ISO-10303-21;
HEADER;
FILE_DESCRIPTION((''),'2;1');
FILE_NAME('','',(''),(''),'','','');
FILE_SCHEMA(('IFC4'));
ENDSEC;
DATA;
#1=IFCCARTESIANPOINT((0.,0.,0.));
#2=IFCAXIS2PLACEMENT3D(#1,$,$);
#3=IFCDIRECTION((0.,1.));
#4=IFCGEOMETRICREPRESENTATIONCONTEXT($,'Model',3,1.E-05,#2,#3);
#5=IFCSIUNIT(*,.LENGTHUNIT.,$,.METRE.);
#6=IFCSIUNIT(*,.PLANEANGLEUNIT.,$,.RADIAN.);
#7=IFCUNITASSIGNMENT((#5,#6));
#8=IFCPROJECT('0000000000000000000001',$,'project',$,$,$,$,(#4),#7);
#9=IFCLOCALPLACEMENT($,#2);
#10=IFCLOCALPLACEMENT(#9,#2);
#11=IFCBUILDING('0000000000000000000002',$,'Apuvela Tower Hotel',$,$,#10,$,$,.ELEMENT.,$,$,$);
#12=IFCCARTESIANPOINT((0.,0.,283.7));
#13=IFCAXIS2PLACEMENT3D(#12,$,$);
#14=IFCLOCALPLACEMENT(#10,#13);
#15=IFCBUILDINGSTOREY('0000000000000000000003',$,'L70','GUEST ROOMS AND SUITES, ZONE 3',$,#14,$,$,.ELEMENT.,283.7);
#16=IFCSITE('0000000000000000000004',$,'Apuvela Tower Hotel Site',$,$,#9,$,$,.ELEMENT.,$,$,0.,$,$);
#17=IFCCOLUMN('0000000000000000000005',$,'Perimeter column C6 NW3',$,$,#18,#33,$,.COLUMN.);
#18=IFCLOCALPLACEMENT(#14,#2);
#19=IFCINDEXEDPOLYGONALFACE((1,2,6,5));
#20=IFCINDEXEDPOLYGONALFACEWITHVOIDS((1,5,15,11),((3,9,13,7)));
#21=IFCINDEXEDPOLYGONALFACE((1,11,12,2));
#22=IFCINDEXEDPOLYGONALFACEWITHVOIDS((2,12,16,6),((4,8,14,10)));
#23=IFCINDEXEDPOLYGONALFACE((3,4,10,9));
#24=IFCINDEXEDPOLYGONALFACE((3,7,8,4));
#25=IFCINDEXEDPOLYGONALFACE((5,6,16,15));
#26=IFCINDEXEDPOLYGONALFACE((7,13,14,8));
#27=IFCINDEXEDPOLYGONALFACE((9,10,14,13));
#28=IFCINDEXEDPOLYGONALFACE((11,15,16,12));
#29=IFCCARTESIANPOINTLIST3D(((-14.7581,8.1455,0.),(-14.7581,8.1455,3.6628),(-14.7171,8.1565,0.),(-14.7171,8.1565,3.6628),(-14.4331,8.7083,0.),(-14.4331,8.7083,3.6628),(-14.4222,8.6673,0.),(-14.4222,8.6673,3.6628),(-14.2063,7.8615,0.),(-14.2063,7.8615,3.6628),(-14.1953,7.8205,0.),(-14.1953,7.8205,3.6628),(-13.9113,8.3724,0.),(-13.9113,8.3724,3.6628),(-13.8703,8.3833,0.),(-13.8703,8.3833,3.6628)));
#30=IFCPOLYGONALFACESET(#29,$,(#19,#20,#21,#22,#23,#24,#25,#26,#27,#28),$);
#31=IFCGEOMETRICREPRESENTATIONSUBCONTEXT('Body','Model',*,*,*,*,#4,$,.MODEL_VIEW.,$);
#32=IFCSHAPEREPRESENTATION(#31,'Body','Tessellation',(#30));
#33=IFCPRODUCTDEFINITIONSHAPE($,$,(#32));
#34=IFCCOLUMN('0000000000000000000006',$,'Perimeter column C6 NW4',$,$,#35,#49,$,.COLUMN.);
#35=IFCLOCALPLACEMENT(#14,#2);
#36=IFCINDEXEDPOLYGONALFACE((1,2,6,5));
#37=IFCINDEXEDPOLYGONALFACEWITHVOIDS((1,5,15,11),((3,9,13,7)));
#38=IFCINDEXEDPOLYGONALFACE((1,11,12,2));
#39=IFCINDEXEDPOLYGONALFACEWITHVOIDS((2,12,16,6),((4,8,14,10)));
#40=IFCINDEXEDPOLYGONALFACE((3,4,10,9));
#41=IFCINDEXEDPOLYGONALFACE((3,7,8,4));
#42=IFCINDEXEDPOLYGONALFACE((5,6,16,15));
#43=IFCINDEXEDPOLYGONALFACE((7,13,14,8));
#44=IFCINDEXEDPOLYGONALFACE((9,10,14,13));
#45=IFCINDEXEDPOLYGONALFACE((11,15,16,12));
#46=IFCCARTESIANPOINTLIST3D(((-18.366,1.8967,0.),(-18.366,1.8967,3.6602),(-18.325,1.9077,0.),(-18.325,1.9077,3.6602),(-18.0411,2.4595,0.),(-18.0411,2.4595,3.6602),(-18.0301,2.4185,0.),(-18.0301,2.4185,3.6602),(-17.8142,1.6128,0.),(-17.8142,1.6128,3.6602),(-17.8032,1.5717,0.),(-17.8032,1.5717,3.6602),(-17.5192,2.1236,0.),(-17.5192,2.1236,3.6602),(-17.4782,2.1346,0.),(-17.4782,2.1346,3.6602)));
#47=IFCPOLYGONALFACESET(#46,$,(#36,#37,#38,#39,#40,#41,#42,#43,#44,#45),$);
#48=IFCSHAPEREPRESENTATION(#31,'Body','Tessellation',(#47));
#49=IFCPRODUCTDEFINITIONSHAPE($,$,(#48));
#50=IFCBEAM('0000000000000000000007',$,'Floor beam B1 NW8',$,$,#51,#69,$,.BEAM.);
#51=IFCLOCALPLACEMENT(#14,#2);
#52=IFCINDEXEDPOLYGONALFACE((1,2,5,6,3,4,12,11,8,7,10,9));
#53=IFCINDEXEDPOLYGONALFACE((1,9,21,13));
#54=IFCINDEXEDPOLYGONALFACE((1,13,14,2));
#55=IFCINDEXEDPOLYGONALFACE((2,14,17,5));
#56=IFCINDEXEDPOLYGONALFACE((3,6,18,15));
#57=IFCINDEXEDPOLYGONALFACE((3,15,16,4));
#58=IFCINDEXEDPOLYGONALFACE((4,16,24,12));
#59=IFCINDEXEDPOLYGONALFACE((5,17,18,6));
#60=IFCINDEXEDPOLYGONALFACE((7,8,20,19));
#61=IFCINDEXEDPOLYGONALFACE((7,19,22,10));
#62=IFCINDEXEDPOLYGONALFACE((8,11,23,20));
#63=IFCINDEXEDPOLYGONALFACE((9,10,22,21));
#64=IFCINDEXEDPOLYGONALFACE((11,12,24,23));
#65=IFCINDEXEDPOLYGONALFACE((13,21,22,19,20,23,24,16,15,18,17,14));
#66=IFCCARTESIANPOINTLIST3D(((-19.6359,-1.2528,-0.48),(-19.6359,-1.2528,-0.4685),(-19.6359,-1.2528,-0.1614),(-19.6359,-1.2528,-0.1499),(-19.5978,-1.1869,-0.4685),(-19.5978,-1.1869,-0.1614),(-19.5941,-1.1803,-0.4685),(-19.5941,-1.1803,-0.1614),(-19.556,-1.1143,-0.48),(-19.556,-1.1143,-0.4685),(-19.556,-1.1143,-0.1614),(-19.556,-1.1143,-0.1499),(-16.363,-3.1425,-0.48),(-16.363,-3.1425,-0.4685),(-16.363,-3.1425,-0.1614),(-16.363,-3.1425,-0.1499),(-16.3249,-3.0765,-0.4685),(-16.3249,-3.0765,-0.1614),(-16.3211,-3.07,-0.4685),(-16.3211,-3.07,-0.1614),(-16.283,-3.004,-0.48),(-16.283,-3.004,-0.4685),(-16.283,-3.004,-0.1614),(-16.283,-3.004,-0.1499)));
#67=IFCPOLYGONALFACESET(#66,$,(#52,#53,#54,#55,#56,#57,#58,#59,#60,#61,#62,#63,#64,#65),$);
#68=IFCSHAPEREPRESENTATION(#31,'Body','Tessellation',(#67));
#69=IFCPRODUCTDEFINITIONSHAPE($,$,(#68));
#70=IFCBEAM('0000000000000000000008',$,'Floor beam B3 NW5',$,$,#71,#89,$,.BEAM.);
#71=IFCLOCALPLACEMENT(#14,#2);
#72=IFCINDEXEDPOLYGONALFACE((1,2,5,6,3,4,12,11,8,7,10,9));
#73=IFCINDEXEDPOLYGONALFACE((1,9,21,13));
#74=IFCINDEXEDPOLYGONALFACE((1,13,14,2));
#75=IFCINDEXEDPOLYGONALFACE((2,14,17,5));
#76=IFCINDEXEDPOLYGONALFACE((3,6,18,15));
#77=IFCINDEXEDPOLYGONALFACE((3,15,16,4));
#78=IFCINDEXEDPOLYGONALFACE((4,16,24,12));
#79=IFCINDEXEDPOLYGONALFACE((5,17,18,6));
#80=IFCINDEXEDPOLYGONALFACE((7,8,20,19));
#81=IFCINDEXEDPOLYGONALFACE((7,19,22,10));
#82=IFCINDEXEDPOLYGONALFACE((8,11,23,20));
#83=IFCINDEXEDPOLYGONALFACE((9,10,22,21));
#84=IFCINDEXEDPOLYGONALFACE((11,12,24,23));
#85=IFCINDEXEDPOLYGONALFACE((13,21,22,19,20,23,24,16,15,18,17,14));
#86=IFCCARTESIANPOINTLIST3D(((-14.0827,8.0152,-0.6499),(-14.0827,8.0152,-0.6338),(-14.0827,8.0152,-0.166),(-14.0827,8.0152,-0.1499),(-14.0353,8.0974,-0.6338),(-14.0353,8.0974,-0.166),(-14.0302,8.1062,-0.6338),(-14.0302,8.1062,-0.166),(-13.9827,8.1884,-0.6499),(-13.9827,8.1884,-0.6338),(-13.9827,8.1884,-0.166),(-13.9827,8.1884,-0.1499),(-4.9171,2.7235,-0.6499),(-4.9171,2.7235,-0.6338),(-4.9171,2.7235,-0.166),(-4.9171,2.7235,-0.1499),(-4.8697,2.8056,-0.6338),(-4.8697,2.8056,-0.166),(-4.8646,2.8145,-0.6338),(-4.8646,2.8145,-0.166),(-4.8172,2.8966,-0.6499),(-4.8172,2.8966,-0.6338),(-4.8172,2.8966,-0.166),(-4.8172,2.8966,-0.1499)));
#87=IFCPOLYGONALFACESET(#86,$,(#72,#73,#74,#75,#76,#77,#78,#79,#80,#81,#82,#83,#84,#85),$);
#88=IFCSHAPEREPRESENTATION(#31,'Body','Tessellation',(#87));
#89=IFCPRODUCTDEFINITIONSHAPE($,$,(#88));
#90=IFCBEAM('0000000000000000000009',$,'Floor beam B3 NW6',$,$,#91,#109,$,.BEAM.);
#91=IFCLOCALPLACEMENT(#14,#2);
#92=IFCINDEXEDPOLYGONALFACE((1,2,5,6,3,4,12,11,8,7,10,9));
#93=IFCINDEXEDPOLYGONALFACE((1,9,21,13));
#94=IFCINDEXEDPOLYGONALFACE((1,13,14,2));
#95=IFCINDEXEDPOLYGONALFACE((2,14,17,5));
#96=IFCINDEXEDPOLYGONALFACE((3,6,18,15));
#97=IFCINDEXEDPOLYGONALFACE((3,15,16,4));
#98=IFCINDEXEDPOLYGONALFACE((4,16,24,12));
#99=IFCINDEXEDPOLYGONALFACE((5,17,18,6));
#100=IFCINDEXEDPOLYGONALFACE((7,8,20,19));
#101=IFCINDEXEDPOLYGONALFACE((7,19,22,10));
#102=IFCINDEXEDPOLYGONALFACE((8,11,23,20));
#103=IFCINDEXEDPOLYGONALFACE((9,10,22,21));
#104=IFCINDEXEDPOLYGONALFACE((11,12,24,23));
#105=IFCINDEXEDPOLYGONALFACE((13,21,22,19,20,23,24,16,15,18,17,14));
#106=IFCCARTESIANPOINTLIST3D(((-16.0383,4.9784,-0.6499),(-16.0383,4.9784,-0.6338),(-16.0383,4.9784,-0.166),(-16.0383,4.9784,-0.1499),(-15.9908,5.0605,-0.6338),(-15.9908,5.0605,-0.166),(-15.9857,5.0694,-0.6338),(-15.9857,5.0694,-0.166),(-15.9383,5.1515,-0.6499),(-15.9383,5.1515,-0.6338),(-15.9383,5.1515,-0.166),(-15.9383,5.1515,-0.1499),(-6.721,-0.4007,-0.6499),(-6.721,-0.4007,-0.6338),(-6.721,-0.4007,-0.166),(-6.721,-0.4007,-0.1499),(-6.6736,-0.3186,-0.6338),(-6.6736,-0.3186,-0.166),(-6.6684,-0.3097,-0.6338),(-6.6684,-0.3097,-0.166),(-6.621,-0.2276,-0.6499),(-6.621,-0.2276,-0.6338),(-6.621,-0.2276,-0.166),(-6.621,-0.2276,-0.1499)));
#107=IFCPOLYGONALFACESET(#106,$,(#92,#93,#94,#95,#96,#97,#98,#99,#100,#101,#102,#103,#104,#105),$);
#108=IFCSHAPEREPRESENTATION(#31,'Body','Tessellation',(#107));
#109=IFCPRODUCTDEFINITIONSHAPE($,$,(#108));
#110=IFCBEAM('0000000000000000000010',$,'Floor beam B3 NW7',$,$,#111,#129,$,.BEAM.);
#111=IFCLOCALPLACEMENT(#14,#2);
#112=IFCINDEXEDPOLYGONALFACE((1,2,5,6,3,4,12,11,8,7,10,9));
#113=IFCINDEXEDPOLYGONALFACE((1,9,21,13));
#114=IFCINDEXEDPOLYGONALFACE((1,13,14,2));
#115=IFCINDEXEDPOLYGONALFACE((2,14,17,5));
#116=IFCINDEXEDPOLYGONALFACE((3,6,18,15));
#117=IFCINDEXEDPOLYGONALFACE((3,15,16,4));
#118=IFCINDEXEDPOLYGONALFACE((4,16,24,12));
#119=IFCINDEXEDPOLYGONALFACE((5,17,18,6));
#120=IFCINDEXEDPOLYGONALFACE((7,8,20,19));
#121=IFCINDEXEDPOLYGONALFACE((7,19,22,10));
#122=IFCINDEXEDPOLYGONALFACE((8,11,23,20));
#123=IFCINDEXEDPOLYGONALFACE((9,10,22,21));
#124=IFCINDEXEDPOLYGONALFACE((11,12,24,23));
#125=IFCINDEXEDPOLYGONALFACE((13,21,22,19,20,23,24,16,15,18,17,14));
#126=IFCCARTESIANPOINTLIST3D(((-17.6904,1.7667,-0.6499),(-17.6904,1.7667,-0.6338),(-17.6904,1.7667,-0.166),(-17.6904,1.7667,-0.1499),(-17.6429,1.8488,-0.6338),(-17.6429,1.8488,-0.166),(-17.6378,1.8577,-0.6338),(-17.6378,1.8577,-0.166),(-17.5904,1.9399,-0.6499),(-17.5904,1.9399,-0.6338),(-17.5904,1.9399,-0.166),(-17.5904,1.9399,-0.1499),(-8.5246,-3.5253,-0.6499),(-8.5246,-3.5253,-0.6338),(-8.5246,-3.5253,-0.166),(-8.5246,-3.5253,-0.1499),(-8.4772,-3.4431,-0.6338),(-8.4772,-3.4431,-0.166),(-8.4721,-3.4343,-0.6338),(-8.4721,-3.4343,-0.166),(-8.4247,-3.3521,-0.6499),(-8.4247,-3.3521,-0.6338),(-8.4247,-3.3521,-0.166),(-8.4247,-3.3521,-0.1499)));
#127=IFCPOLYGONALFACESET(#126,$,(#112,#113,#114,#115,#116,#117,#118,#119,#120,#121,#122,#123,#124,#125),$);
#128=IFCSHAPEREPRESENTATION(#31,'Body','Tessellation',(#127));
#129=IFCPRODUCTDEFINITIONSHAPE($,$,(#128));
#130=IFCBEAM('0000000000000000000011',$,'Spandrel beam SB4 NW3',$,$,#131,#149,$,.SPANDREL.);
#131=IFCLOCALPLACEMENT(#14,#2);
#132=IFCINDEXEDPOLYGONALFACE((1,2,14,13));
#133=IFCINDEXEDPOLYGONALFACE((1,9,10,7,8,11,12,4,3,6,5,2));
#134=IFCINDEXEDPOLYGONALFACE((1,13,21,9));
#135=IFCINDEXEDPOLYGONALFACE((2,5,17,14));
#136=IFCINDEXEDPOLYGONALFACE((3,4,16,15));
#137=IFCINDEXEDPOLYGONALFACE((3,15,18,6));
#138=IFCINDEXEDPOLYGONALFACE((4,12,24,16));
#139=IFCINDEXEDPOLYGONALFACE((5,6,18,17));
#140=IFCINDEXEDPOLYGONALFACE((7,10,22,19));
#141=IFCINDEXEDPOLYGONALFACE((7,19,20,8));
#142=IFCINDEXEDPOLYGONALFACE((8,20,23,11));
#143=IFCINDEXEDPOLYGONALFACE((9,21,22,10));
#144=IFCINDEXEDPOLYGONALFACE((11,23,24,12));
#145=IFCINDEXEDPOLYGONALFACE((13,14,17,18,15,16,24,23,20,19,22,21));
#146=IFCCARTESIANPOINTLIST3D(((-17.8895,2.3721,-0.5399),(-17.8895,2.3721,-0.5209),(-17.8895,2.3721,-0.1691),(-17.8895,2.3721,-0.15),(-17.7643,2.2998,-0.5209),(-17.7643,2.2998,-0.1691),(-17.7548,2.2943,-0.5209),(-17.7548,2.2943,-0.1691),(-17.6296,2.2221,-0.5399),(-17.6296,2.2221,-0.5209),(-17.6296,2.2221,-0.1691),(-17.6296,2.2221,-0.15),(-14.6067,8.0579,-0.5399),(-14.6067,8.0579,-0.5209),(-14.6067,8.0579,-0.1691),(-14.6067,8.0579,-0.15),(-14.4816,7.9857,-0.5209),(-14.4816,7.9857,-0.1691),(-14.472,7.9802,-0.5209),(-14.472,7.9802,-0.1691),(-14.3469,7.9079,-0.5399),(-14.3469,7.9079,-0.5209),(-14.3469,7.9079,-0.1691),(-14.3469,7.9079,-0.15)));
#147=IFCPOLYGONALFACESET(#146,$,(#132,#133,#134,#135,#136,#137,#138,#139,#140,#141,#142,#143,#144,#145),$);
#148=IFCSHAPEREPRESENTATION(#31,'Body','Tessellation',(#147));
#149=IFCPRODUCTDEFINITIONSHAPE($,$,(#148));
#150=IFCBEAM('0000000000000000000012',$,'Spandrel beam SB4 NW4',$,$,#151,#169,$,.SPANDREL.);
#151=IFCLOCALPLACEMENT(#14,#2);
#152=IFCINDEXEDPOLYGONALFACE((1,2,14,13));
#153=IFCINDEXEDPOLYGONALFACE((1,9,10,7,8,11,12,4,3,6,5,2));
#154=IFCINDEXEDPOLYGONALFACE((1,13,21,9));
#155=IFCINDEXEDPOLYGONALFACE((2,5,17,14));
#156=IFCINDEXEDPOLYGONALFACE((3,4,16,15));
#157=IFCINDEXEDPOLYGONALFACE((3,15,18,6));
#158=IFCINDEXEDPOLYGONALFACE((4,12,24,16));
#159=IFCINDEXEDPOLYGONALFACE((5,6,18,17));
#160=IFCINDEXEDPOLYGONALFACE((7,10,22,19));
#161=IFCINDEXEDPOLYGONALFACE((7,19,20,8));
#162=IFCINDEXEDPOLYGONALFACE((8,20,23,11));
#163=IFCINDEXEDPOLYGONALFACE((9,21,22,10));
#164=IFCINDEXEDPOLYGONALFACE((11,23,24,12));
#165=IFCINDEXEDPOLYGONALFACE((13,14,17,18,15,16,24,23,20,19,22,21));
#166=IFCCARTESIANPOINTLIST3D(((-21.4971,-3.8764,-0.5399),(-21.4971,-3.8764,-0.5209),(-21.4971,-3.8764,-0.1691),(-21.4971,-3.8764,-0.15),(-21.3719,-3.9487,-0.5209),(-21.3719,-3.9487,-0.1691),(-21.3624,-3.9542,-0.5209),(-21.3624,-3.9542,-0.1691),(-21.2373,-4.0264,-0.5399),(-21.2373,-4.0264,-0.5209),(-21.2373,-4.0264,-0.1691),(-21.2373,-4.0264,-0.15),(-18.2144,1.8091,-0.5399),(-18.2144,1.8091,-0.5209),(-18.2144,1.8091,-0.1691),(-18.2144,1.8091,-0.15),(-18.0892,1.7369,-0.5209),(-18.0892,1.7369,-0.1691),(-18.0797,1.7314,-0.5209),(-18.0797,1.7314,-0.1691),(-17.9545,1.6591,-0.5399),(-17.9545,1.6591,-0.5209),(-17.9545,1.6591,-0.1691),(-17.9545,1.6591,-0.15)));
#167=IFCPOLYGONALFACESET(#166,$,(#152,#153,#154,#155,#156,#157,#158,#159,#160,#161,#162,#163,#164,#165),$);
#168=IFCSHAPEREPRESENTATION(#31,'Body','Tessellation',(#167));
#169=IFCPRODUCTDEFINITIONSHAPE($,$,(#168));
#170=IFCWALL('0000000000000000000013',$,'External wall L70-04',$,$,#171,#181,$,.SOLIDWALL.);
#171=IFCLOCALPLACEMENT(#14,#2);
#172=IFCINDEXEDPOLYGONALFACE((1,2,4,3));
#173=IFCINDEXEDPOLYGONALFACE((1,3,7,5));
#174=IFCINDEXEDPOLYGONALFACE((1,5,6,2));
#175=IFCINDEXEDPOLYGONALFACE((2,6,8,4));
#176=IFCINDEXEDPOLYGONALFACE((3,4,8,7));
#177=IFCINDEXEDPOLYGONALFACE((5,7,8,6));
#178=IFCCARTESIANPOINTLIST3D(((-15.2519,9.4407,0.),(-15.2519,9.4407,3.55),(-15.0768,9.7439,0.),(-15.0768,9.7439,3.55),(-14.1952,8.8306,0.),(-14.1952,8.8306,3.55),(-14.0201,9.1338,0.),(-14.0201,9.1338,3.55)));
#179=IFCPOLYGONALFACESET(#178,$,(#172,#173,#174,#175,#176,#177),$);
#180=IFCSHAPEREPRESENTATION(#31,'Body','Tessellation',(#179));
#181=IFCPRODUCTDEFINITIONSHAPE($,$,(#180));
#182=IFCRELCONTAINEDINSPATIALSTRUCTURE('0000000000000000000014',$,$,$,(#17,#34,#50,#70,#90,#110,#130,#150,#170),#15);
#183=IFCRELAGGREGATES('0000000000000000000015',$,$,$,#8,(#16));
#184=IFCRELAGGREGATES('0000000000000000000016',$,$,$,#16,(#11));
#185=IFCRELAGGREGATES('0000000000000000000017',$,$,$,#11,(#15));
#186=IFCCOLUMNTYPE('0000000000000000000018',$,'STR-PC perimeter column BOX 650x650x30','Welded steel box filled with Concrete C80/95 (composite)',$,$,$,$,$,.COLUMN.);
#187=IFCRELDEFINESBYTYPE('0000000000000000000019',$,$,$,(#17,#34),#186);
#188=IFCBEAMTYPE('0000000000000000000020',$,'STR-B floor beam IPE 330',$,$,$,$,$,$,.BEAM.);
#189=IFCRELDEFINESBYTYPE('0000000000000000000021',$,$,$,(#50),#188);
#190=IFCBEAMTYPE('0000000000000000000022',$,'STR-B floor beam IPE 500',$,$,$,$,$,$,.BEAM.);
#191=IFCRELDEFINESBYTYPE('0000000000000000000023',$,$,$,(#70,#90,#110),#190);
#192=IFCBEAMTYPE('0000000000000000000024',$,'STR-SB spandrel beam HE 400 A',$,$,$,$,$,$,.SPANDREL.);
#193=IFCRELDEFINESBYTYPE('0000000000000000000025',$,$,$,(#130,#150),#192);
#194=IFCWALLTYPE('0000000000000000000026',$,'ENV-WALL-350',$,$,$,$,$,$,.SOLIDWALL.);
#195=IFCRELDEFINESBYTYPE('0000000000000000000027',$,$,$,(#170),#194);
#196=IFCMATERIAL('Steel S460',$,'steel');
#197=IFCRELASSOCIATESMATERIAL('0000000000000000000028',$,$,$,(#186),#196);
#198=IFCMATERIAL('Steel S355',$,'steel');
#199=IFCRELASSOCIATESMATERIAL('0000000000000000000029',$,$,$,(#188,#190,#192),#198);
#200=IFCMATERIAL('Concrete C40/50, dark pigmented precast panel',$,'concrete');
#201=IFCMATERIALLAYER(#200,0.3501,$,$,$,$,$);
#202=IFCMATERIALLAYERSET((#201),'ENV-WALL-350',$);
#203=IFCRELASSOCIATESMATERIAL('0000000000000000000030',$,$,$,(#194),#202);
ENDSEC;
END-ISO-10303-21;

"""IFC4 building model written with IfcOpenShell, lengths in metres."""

from ifc_helpers import new_model, si_unit, direction, frame, frame_2d, origin, origin_2d, place, context, subcontext, project, spatial, rectangle, hollow_rectangle, i_section, extrude, boolean, halfspace, material, layer, layer_set, material_profile, profile_set, type_object, element, save


model = new_model("IFC4")

# Units and contexts
model_context = context("Model", 3, precision=1e-05, world=origin(), true_north=direction((0.0, 1.0)))
body_context = subcontext(model_context, "Body", "Model", "MODEL_VIEW")
ifc_project = project(units=[si_unit("LENGTHUNIT", "METRE"), si_unit("PLANEANGLEUNIT", "RADIAN")], contexts=[model_context])

# Site, building, storey
site_placement = place(None, origin())
site = spatial("IfcSite", under=ifc_project, at=site_placement, Name="Apuvela Tower Hotel Site", CompositionType="ELEMENT", RefElevation=0.0)
building_placement = place(site_placement, origin())
building = spatial("IfcBuilding", under=site, at=building_placement, Name="Apuvela Tower Hotel", CompositionType="ELEMENT")
storey_placement = place(building_placement, frame((0.0, 0.0, 283.7)))
storey = spatial("IfcBuildingStorey", under=building, at=storey_placement, Name="L70", Description="GUEST ROOMS AND SUITES, ZONE 3", CompositionType="ELEMENT", Elevation=283.7)

# Columns
ifc_material_1 = material(Name="Steel S460", Category="steel")
ifc_material_profile_1 = material_profile(ifc_material_1, hollow_rectangle(XDim=0.6499, YDim=0.6499, WallThickness=0.03, at=origin_2d()), Name="BOX 650x650x30")
ifc_material_2 = material(Name="Concrete C80/95", Category="concrete")
ifc_material_profile_2 = material_profile(ifc_material_2, rectangle(XDim=0.5901, YDim=0.5901, at=origin_2d()), Name="Concrete C80/95 infill")
ifc_profile_set_1 = profile_set([ifc_material_profile_1, ifc_material_profile_2], Name="Steel S460")
column_type = type_object("IfcColumnType", Name="STR-PC perimeter column BOX 650x650x30", Description="Welded steel box filled with Concrete C80/95 (composite)", PredefinedType="COLUMN", material=ifc_profile_set_1)
column_1_placement = place(storey_placement, frame((-14.3142, 8.2644, 0.0), z_axis=(0.0, 0.0, 1.0), x_axis=(0.5, 0.866025, 0.0)))
element("IfcColumn", 1, at=column_1_placement, inside=storey, type_object=column_type, Name="Perimeter column C6 NW3", PredefinedType="COLUMN", context=body_context, shape_type="SweptSolid", body=[
    boolean("DIFFERENCE", extrude(hollow_rectangle(XDim=0.6499, YDim=0.6499, WallThickness=0.03, at=origin_2d()), origin(), (0.0, 0.0, 1.0), 3.7), halfspace(frame((0.0, 0.0, 3.6628), z_axis=(0.0, 0.0, 1.0), x_axis=(1.0, 0.0, 0.0)), False)),
])
column_2_placement = place(storey_placement, frame((-17.9221, 2.0156, 0.0), z_axis=(0.0, 0.0, 1.0), x_axis=(0.5, 0.866025, 0.0)))
element("IfcColumn", 2, at=column_2_placement, inside=storey, type_object=column_type, Name="Perimeter column C6 NW4", PredefinedType="COLUMN", context=body_context, shape_type="SweptSolid", body=[
    boolean("DIFFERENCE", extrude(hollow_rectangle(XDim=0.6499, YDim=0.6499, WallThickness=0.03, at=origin_2d()), origin(), (0.0, 0.0, 1.0), 3.7), halfspace(frame((0.0, 0.0, 3.6602), z_axis=(0.0, 0.0, 1.0), x_axis=(1.0, 0.0, 0.0)), False)),
])

# Beams
ifc_material_3 = material(Name="Steel S355", Category="steel")
ifc_material_profile_3 = material_profile(ifc_material_3, i_section(OverallWidth=0.1599, OverallDepth=0.3301, WebThickness=0.0076, FlangeThickness=0.0115, at=origin_2d()), Name="IPE 330")
ifc_profile_set_2 = profile_set([ifc_material_profile_3], Name="Steel S355")
beam_type_1 = type_object("IfcBeamType", Name="STR-B floor beam IPE 330", PredefinedType="BEAM", material=ifc_profile_set_2)
beam_1_placement = place(storey_placement, frame((-19.5959, -1.1836, -0.3149), z_axis=(0.866024, -0.500002, 0.0), x_axis=(0.500002, 0.866024, 0.0)))
element("IfcBeam", 3, at=beam_1_placement, inside=storey, type_object=beam_type_1, Name="Floor beam B1 NW8", PredefinedType="BEAM", context=body_context, shape_type="SweptSolid", body=[
    extrude(i_section(OverallWidth=0.1599, OverallDepth=0.3301, WebThickness=0.0076, FlangeThickness=0.0115, at=origin_2d()), origin(), (0.0, 0.0, 1.0), 3.7793),
])
ifc_material_profile_4 = material_profile(ifc_material_3, i_section(OverallWidth=0.2, OverallDepth=0.5, WebThickness=0.0103, FlangeThickness=0.0161, at=origin_2d()), Name="IPE 500")
ifc_profile_set_3 = profile_set([ifc_material_profile_4], Name="Steel S355")
beam_type_2 = type_object("IfcBeamType", Name="STR-B floor beam IPE 500", PredefinedType="BEAM", material=ifc_profile_set_3)
beam_2_placement = place(storey_placement, frame((-14.0327, 8.1018, -0.3999), z_axis=(0.866024, -0.500002, 0.0), x_axis=(0.500002, 0.866024, 0.0)))
element("IfcBeam", 4, at=beam_2_placement, inside=storey, type_object=beam_type_2, Name="Floor beam B3 NW5", PredefinedType="BEAM", context=body_context, shape_type="SweptSolid", body=[
    extrude(i_section(OverallWidth=0.2, OverallDepth=0.5, WebThickness=0.0103, FlangeThickness=0.0161, at=origin_2d()), origin(), (0.0, 0.0, 1.0), 10.5835),
])
beam_3_placement = place(storey_placement, frame((-15.9883, 5.0649, -0.3999), z_axis=(0.866035, -0.499983, 0.0), x_axis=(0.499983, 0.866035, 0.0)))
element("IfcBeam", 5, at=beam_3_placement, inside=storey, type_object=beam_type_2, Name="Floor beam B3 NW6", PredefinedType="BEAM", context=body_context, shape_type="SweptSolid", body=[
    extrude(i_section(OverallWidth=0.2, OverallDepth=0.5, WebThickness=0.0103, FlangeThickness=0.0161, at=origin_2d()), origin(), (0.0, 0.0, 1.0), 10.7585),
])
beam_4_placement = place(storey_placement, frame((-17.6404, 1.8533, -0.3999), z_axis=(0.86602, -0.500009, 0.0), x_axis=(0.500009, 0.86602, 0.0)))
element("IfcBeam", 6, at=beam_4_placement, inside=storey, type_object=beam_type_2, Name="Floor beam B3 NW7", PredefinedType="BEAM", context=body_context, shape_type="SweptSolid", body=[
    extrude(i_section(OverallWidth=0.2, OverallDepth=0.5, WebThickness=0.0103, FlangeThickness=0.0161, at=origin_2d()), origin(), (0.0, 0.0, 1.0), 10.5837),
])
ifc_material_profile_5 = material_profile(ifc_material_3, i_section(OverallWidth=0.3, OverallDepth=0.3899, WebThickness=0.011, FlangeThickness=0.019, at=origin_2d()), Name="HE 400 A")
ifc_profile_set_4 = profile_set([ifc_material_profile_5], Name="Steel S355")
beam_type_3 = type_object("IfcBeamType", Name="STR-SB spandrel beam HE 400 A", PredefinedType="SPANDREL", material=ifc_profile_set_4)
beam_5_placement = place(storey_placement, frame((-14.4768, 7.9829, -0.345), z_axis=(-0.500002, -0.866024, 0.0), x_axis=(0.866024, -0.500002, 0.0)))
element("IfcBeam", 7, at=beam_5_placement, inside=storey, type_object=beam_type_3, Name="Spandrel beam SB4 NW3", PredefinedType="SPANDREL", context=body_context, shape_type="SweptSolid", body=[
    extrude(i_section(OverallWidth=0.3, OverallDepth=0.3899, WebThickness=0.011, FlangeThickness=0.019, at=origin_2d()), origin(), (0.0, 0.0, 1.0), 6.5654),
])
beam_6_placement = place(storey_placement, frame((-18.0845, 1.7341, -0.345), z_axis=(-0.500019, -0.866015, 0.0), x_axis=(0.866015, -0.500019, 0.0)))
element("IfcBeam", 8, at=beam_6_placement, inside=storey, type_object=beam_type_3, Name="Spandrel beam SB4 NW4", PredefinedType="SPANDREL", context=body_context, shape_type="SweptSolid", body=[
    extrude(i_section(OverallWidth=0.3, OverallDepth=0.3899, WebThickness=0.011, FlangeThickness=0.019, at=origin_2d()), origin(), (0.0, 0.0, 1.0), 6.5652),
])

# Wall
ifc_material_4 = material(Name="Concrete C40/50, dark pigmented precast panel", Category="concrete")
ifc_layer_1 = layer(ifc_material_4, 0.3501)
ifc_layer_set_1 = layer_set([ifc_layer_1], Name="ENV-WALL-350")
wall_type_1 = type_object("IfcWallType", Name="ENV-WALL-350", PredefinedType="SOLIDWALL", material=ifc_layer_set_1)
wall_1_placement = place(storey_placement, frame((-14.1077, 8.9822, 0.0), z_axis=(0.0, 0.0, 1.0), x_axis=(-0.866006, 0.500034, 0.0)))
element("IfcWall", 9, at=wall_1_placement, inside=storey, type_object=wall_type_1, Name="External wall L70-04", PredefinedType="SOLIDWALL", context=body_context, shape_type="SweptSolid", body=[
    extrude(rectangle(XDim=1.2202, YDim=0.3501, at=frame_2d((0.6101, 0.0))), origin(), (0.0, 0.0, 1.0), 3.55),
])

save(model, "model.ifc")
